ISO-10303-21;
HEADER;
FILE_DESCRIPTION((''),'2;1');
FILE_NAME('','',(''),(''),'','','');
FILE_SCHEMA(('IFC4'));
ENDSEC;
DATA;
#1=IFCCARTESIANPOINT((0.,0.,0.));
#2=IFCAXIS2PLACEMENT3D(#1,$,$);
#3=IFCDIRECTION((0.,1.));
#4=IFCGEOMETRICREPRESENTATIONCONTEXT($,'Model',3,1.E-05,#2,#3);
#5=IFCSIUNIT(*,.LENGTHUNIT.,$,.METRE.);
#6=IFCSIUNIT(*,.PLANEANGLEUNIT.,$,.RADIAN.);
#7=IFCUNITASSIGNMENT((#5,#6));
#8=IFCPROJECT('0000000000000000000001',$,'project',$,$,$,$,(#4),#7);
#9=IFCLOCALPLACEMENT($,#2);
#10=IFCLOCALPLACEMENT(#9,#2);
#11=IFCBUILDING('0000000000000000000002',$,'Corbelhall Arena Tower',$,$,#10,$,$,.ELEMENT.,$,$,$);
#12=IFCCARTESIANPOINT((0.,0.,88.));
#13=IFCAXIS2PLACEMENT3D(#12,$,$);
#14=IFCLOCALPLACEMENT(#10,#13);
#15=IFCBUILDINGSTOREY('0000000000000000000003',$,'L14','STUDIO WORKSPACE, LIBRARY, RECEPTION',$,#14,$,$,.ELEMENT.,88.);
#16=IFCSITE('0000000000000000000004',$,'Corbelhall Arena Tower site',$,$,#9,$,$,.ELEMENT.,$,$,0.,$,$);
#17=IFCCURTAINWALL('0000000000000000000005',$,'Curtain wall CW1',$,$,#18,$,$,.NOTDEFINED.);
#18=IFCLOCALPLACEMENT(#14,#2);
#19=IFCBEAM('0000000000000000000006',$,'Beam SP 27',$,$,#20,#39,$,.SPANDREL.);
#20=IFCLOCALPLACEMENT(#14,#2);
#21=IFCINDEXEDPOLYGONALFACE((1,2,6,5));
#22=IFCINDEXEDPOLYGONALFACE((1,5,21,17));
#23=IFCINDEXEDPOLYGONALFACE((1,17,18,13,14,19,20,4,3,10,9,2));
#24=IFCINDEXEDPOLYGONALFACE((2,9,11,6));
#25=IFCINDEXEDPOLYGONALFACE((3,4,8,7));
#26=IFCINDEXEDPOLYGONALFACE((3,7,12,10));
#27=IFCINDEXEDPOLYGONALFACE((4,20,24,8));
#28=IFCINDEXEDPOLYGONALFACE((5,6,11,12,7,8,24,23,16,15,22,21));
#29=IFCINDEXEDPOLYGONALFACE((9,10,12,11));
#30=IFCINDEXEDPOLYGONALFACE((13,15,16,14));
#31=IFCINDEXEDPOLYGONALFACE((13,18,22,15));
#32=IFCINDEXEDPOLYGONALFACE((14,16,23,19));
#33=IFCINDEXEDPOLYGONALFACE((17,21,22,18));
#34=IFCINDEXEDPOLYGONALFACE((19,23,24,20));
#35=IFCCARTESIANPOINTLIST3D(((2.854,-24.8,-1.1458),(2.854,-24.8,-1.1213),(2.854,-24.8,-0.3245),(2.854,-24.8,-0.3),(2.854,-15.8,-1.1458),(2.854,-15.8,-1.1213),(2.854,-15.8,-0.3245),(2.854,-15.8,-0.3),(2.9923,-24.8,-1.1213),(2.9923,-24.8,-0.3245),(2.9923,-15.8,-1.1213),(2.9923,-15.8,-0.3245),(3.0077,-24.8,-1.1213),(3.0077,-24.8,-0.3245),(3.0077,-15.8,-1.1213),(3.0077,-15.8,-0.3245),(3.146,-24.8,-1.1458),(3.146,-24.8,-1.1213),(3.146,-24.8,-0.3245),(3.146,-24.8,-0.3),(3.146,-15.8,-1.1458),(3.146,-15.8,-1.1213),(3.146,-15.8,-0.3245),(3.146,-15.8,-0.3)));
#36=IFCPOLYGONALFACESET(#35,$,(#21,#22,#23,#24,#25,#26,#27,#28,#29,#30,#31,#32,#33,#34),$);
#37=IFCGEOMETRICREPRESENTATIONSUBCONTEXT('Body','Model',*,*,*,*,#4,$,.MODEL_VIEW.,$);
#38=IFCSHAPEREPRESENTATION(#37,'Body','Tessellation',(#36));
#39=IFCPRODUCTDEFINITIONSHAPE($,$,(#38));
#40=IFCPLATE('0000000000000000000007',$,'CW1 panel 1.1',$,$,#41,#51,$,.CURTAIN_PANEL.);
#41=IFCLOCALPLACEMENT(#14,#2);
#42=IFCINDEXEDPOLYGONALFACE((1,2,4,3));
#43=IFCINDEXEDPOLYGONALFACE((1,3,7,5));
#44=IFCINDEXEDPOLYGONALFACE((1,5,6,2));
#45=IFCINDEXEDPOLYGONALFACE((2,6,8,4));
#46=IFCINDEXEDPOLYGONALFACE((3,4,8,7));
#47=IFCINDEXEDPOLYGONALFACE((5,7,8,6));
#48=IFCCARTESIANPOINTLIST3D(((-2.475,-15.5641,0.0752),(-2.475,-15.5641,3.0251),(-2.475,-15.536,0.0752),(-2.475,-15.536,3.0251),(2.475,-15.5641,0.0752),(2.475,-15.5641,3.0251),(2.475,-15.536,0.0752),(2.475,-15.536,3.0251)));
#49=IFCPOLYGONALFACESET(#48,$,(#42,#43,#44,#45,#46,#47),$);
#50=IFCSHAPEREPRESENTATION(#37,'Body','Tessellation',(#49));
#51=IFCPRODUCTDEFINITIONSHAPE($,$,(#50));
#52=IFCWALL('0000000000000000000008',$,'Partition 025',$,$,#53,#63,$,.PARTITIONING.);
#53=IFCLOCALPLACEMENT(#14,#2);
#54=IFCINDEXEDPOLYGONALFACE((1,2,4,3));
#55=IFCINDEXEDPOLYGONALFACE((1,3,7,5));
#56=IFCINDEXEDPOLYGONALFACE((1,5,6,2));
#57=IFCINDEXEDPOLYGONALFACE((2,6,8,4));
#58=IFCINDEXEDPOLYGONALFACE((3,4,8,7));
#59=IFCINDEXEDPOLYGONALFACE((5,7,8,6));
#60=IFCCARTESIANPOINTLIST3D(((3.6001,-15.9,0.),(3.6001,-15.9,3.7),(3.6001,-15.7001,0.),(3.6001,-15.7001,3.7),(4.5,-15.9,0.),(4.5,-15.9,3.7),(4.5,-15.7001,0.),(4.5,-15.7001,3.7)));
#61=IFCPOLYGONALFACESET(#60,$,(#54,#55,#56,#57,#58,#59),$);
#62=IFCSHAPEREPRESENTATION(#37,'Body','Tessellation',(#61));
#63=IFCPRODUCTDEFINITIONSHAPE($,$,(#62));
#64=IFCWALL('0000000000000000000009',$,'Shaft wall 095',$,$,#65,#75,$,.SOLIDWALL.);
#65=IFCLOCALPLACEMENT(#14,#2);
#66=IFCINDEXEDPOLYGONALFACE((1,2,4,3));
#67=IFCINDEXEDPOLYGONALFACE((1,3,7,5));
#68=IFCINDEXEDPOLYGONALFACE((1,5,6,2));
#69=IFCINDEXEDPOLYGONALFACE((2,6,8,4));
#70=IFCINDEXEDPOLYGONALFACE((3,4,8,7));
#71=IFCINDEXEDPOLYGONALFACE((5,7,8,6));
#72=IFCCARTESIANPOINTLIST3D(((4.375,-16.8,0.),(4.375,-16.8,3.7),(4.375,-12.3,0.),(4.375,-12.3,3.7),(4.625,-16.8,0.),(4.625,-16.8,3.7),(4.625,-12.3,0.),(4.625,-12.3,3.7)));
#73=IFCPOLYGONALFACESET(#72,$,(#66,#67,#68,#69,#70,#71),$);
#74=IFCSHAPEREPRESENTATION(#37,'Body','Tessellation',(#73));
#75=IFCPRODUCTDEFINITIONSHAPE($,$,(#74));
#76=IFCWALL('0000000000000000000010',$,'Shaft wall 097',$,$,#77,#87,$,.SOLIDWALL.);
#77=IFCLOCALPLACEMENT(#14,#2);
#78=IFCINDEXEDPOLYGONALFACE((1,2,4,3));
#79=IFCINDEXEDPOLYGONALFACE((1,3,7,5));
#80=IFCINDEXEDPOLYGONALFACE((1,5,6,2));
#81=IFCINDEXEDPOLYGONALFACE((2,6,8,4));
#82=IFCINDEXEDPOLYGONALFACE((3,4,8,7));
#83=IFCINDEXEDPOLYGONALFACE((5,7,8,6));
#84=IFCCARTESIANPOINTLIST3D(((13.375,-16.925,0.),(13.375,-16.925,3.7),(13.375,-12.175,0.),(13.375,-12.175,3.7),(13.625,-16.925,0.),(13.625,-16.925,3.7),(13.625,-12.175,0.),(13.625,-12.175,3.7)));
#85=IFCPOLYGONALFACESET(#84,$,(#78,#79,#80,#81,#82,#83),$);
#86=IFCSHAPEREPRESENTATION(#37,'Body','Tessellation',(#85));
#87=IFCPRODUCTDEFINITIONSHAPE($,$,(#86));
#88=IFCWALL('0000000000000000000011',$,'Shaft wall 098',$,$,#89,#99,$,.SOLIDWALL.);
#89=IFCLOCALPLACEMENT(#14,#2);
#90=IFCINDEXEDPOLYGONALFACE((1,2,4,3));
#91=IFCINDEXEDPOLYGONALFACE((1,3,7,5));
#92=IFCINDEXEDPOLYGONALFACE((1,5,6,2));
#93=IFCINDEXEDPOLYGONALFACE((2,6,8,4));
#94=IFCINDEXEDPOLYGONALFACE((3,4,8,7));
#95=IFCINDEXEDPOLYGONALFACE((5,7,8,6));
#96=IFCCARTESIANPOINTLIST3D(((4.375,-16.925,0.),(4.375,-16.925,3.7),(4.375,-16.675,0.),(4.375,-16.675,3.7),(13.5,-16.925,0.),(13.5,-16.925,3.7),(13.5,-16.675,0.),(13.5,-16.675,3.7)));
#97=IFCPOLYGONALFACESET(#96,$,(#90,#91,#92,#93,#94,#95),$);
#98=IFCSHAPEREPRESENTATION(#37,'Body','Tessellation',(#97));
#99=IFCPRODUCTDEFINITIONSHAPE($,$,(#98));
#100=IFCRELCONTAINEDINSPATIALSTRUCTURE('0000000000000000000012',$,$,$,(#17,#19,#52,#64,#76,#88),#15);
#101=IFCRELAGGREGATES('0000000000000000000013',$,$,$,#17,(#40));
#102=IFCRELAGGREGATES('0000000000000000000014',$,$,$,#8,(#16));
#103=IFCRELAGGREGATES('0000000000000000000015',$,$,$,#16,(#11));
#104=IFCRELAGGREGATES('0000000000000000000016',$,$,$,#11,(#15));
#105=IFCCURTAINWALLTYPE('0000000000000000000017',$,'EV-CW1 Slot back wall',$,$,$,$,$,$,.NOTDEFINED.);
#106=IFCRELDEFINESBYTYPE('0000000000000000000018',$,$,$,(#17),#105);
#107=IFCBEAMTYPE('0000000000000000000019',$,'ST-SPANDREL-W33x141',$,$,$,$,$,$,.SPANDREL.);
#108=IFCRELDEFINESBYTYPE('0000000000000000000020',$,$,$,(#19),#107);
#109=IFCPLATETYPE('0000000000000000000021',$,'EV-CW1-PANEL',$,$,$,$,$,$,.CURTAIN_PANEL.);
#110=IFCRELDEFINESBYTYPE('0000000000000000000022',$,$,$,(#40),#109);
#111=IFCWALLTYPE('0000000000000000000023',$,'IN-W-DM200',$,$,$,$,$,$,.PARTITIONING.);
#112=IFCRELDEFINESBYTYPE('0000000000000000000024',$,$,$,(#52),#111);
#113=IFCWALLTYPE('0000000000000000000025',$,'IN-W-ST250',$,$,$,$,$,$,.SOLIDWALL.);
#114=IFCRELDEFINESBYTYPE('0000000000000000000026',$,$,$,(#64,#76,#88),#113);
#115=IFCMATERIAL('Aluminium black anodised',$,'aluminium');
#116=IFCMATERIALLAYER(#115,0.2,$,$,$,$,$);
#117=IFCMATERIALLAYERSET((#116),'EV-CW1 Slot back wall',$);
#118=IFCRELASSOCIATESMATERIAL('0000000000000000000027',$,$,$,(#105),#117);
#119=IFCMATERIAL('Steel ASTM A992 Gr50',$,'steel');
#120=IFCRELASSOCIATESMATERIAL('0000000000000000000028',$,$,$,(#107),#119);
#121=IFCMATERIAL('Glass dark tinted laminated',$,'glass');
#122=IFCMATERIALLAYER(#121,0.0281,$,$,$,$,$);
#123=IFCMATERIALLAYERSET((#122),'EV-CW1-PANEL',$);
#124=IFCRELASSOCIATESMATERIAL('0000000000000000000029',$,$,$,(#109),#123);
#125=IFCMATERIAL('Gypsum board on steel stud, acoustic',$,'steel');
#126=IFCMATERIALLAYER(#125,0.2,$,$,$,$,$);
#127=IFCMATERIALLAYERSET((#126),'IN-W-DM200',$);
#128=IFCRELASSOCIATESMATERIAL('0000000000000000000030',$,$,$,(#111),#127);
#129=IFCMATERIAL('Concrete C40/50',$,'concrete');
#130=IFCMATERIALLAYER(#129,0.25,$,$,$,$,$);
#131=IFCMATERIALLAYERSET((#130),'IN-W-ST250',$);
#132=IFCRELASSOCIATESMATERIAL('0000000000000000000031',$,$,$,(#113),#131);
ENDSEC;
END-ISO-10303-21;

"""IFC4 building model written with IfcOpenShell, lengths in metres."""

from ifc_helpers import new_model, si_unit, direction, frame, frame_2d, origin, origin_2d, place, context, subcontext, project, spatial, rectangle, i_section, extrude, material, layer, layer_set, material_profile, profile_set, type_object, element, aggregate, save


model = new_model("IFC4")

# Units and contexts
model_context = context("Model", 3, precision=1e-05, world=origin(), true_north=direction((0.0, 1.0)))
body_context = subcontext(model_context, "Body", "Model", "MODEL_VIEW")
ifc_project = project(units=[si_unit("LENGTHUNIT", "METRE"), si_unit("PLANEANGLEUNIT", "RADIAN")], contexts=[model_context])

# Site, building, storey
site_placement = place(None, origin())
site = spatial("IfcSite", under=ifc_project, at=site_placement, Name="Corbelhall Arena Tower site", CompositionType="ELEMENT", RefElevation=0.0)
building_placement = place(site_placement, origin())
building = spatial("IfcBuilding", under=site, at=building_placement, Name="Corbelhall Arena Tower", CompositionType="ELEMENT")
storey_placement = place(building_placement, frame((0.0, 0.0, 88.0)))
storey = spatial("IfcBuildingStorey", under=building, at=storey_placement, Name="L14", Description="STUDIO WORKSPACE, LIBRARY, RECEPTION", CompositionType="ELEMENT", Elevation=88.0)

# Curtain wall
ifc_material_1 = material(Name="Aluminium black anodised", Category="aluminium")
ifc_layer_1 = layer(ifc_material_1, 0.2)
ifc_layer_set_1 = layer_set([ifc_layer_1], Name="EV-CW1 Slot back wall")
curtain_wall_type = type_object("IfcCurtainWallType", Name="EV-CW1 Slot back wall", PredefinedType="NOTDEFINED", material=ifc_layer_set_1)
curtain_wall_placement = place(storey_placement, origin())
curtain_wall = element("IfcCurtainWall", 1, at=curtain_wall_placement, inside=storey, type_object=curtain_wall_type, Name="Curtain wall CW1", PredefinedType="NOTDEFINED")

# Beam
ifc_material_2 = material(Name="Steel ASTM A992 Gr50", Category="steel")
ifc_material_profile_1 = material_profile(ifc_material_2, i_section(OverallWidth=0.292, OverallDepth=0.8457, WebThickness=0.0154, FlangeThickness=0.0244, at=origin_2d()))
ifc_profile_set_1 = profile_set([ifc_material_profile_1], Name="Steel ASTM A992 Gr50")
beam_type_1 = type_object("IfcBeamType", Name="ST-SPANDREL-W33x141", PredefinedType="SPANDREL", material=ifc_profile_set_1)
beam_1_placement = place(storey_placement, frame((3.0, -24.8, -0.7229), z_axis=(0.0, 1.0, 0.0), x_axis=(-1.0, 0.0, 0.0)))
element("IfcBeam", 2, at=beam_1_placement, inside=storey, type_object=beam_type_1, Name="Beam SP 27", PredefinedType="SPANDREL", context=body_context, shape_type="SweptSolid", body=[
    extrude(i_section(OverallWidth=0.292, OverallDepth=0.8457, WebThickness=0.0154, FlangeThickness=0.0244, at=origin_2d()), origin(), (0.0, 0.0, 1.0), 9.0),
])

# Plate
ifc_material_3 = material(Name="Glass dark tinted laminated", Category="glass")
ifc_layer_2 = layer(ifc_material_3, 0.0281)
ifc_layer_set_2 = layer_set([ifc_layer_2], Name="EV-CW1-PANEL")
plate_type = type_object("IfcPlateType", Name="EV-CW1-PANEL", PredefinedType="CURTAIN_PANEL", material=ifc_layer_set_2)
plate_placement = place(storey_placement, frame((0.0, -15.55, 0.0752), z_axis=(0.0, 0.0, 1.0), x_axis=(1.0, 0.0, 0.0)))
plate = element("IfcPlate", 3, at=plate_placement, type_object=plate_type, Name="CW1 panel 1.1", PredefinedType="CURTAIN_PANEL", context=body_context, shape_type="SweptSolid", body=[
    extrude(rectangle(XDim=4.95, YDim=0.0281, at=origin_2d()), origin(), (0.0, 0.0, 1.0), 2.95),
])
aggregate(curtain_wall, [plate])

# Wall
ifc_material_4 = material(Name="Gypsum board on steel stud, acoustic", Category="steel")
ifc_layer_3 = layer(ifc_material_4, 0.2)
ifc_layer_set_3 = layer_set([ifc_layer_3], Name="IN-W-DM200")
wall_type_1 = type_object("IfcWallType", Name="IN-W-DM200", PredefinedType="PARTITIONING", material=ifc_layer_set_3)
wall_1_placement = place(storey_placement, frame((4.5, -15.8, 0.0), z_axis=(0.0, 0.0, 1.0), x_axis=(-1.0, 0.0, 0.0)))
element("IfcWall", 4, at=wall_1_placement, inside=storey, type_object=wall_type_1, Name="Partition 025", PredefinedType="PARTITIONING", context=body_context, shape_type="SweptSolid", body=[
    extrude(rectangle(XDim=0.8999, YDim=0.2, at=frame_2d((0.45, 0.0))), origin(), (0.0, 0.0, 1.0), 3.7),
])

# Walls
ifc_material_5 = material(Name="Concrete C40/50", Category="concrete")
ifc_layer_4 = layer(ifc_material_5, 0.25)
ifc_layer_set_4 = layer_set([ifc_layer_4], Name="IN-W-ST250")
wall_type_2 = type_object("IfcWallType", Name="IN-W-ST250", PredefinedType="SOLIDWALL", material=ifc_layer_set_4)
wall_2_placement = place(storey_placement, frame((4.5, -16.8, 0.0), z_axis=(0.0, 0.0, 1.0), x_axis=(0.0, 1.0, 0.0)))
element("IfcWall", 5, at=wall_2_placement, inside=storey, type_object=wall_type_2, Name="Shaft wall 095", PredefinedType="SOLIDWALL", context=body_context, shape_type="SweptSolid", body=[
    extrude(rectangle(XDim=4.5, YDim=0.25, at=frame_2d((2.25, 0.0))), origin(), (0.0, 0.0, 1.0), 3.7),
])
wall_3_placement = place(storey_placement, frame((13.5, -16.925, 0.0), z_axis=(0.0, 0.0, 1.0), x_axis=(0.0, 1.0, 0.0)))
element("IfcWall", 6, at=wall_3_placement, inside=storey, type_object=wall_type_2, Name="Shaft wall 097", PredefinedType="SOLIDWALL", context=body_context, shape_type="SweptSolid", body=[
    extrude(rectangle(XDim=4.75, YDim=0.25, at=frame_2d((2.375, 0.0))), origin(), (0.0, 0.0, 1.0), 3.7),
])
wall_4_placement = place(storey_placement, frame((13.5, -16.8, 0.0), z_axis=(0.0, 0.0, 1.0), x_axis=(-1.0, 0.0, 0.0)))
element("IfcWall", 7, at=wall_4_placement, inside=storey, type_object=wall_type_2, Name="Shaft wall 098", PredefinedType="SOLIDWALL", context=body_context, shape_type="SweptSolid", body=[
    extrude(rectangle(XDim=9.125, YDim=0.25, at=frame_2d((4.5625, 0.0))), origin(), (0.0, 0.0, 1.0), 3.7),
])

save(model, "model.ifc")
